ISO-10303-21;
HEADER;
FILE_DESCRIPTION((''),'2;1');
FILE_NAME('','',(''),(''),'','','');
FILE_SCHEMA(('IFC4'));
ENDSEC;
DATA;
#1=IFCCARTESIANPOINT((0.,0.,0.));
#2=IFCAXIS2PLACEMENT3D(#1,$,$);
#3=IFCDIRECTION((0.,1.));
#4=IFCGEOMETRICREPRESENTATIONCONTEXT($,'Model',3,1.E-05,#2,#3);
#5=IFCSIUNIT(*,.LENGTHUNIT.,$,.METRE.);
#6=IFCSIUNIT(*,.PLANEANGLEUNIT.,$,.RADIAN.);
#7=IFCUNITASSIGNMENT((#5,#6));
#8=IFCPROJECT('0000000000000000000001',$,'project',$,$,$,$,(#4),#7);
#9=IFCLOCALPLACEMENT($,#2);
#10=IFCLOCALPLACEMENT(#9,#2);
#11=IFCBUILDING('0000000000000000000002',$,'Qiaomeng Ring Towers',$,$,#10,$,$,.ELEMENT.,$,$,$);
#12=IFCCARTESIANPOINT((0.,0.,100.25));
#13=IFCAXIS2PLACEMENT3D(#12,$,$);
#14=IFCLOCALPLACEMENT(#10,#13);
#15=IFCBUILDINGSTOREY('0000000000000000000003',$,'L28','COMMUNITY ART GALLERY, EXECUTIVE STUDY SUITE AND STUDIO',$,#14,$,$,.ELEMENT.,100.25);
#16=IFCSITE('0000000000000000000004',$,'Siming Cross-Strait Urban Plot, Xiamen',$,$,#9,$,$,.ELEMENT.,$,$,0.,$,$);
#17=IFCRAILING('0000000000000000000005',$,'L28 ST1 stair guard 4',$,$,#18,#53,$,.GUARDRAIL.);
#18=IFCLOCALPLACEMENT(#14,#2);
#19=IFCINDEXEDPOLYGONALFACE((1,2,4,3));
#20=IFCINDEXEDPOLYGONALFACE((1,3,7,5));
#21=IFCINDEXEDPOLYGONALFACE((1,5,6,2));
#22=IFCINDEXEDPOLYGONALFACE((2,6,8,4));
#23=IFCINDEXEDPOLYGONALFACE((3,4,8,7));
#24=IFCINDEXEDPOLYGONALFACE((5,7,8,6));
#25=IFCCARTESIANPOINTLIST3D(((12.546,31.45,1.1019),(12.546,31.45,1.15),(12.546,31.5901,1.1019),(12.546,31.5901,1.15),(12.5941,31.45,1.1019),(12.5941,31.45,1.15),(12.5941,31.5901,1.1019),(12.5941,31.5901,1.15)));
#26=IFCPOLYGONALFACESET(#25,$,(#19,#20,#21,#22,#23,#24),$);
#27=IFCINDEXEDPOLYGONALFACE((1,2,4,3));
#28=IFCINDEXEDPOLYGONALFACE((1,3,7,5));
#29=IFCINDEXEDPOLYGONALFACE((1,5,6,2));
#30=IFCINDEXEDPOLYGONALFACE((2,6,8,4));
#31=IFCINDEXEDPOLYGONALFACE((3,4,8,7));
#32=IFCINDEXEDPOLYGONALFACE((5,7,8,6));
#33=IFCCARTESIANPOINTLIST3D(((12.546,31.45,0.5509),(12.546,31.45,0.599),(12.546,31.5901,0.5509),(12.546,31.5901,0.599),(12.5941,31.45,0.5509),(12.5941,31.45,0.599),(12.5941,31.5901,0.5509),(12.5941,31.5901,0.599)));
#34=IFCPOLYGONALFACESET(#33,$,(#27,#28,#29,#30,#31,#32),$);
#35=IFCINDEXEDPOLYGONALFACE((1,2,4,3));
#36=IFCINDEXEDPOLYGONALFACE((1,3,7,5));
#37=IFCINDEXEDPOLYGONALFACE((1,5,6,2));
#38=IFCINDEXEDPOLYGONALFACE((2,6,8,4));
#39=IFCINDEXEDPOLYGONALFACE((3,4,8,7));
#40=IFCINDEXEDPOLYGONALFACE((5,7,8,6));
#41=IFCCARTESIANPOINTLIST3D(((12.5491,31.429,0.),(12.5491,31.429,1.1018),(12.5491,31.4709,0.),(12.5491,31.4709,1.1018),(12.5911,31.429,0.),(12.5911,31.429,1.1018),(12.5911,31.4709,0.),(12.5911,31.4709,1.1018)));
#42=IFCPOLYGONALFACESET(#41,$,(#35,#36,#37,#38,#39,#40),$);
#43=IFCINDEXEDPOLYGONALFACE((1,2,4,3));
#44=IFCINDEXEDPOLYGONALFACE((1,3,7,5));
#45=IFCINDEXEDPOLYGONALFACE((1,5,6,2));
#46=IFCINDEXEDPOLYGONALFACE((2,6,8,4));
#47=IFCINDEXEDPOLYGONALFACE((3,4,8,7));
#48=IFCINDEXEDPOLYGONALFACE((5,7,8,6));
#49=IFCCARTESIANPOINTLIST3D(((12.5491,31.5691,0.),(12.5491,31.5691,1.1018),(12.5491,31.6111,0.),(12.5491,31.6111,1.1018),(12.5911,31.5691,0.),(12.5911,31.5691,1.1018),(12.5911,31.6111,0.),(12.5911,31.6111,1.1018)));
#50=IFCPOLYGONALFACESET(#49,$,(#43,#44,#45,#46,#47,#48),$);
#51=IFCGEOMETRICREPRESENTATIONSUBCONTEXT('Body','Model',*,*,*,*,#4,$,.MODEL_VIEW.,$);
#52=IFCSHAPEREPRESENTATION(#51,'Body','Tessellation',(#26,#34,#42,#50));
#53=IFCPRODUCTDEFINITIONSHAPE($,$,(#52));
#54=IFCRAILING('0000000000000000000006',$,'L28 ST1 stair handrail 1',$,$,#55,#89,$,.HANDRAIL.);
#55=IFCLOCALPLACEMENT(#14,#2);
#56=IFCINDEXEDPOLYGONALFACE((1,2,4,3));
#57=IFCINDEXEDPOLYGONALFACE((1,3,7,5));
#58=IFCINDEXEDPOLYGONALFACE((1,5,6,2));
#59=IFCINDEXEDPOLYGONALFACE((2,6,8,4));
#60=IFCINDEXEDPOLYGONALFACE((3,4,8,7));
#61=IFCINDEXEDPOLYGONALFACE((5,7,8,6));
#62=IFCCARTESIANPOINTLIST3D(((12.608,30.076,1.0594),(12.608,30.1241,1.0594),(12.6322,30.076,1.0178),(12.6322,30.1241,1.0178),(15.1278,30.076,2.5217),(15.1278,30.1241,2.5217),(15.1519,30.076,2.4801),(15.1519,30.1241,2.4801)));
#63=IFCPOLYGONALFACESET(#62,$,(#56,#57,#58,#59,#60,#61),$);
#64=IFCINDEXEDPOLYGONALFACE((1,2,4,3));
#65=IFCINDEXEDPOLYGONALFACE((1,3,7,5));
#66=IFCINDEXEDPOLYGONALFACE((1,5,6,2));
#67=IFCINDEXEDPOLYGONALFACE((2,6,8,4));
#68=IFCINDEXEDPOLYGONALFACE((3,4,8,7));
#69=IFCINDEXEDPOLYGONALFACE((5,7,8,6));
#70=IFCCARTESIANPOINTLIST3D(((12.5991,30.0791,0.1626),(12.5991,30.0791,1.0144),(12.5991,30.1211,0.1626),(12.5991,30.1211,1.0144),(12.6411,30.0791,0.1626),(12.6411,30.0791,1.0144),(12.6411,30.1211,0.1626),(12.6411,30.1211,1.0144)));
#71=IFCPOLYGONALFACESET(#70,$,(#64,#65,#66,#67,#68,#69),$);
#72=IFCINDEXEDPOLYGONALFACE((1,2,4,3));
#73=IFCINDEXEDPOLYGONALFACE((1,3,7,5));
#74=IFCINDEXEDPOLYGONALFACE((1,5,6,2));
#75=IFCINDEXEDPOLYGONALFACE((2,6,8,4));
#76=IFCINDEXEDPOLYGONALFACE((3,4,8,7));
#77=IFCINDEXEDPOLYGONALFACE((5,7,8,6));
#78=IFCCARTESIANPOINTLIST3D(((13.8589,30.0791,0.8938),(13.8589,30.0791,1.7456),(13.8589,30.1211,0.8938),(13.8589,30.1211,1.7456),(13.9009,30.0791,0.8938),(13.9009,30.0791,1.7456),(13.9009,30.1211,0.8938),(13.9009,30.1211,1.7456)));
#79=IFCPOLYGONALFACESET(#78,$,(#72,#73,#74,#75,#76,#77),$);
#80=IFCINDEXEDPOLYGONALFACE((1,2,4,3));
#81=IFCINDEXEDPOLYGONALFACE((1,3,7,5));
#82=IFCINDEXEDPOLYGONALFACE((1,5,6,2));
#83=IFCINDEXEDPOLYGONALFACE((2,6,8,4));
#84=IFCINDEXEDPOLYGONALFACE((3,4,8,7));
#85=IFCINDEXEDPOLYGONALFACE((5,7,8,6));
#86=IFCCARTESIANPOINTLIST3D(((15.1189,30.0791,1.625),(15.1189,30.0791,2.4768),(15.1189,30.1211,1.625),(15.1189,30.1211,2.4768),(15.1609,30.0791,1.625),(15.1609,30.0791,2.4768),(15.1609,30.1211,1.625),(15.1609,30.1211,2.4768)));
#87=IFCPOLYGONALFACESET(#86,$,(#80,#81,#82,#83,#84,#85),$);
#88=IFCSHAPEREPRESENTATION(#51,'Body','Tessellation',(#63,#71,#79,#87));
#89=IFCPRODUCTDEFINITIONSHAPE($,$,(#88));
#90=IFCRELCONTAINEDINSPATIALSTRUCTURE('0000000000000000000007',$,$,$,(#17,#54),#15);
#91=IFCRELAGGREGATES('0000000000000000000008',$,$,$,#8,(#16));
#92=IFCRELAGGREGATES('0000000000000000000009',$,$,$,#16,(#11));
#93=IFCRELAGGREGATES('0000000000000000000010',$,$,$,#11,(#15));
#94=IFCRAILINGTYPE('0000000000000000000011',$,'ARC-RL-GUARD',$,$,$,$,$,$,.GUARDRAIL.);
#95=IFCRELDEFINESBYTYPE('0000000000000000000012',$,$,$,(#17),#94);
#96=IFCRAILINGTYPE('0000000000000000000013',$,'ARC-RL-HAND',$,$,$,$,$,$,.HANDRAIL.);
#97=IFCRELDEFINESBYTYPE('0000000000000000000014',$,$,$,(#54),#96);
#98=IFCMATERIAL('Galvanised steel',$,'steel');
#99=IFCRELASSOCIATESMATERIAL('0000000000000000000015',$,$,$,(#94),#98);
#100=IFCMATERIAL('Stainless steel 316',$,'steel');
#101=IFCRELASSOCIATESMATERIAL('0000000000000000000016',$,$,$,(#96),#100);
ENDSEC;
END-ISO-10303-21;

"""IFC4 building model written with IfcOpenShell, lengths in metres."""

from ifc_helpers import new_model, si_unit, direction, frame, origin, origin_2d, place, context, subcontext, project, spatial, rectangle, extrude, material, type_object, element, save


model = new_model("IFC4")

# Units and contexts
model_context = context("Model", 3, precision=1e-05, world=origin(), true_north=direction((0.0, 1.0)))
body_context = subcontext(model_context, "Body", "Model", "MODEL_VIEW")
ifc_project = project(units=[si_unit("LENGTHUNIT", "METRE"), si_unit("PLANEANGLEUNIT", "RADIAN")], contexts=[model_context])

# Site, building, storey
site_placement = place(None, origin())
site = spatial("IfcSite", under=ifc_project, at=site_placement, Name="Siming Cross-Strait Urban Plot, Xiamen", CompositionType="ELEMENT", RefElevation=0.0)
building_placement = place(site_placement, origin())
building = spatial("IfcBuilding", under=site, at=building_placement, Name="Qiaomeng Ring Towers", CompositionType="ELEMENT")
storey_placement = place(building_placement, frame((0.0, 0.0, 100.25)))
storey = spatial("IfcBuildingStorey", under=building, at=storey_placement, Name="L28", Description="COMMUNITY ART GALLERY, EXECUTIVE STUDY SUITE AND STUDIO", CompositionType="ELEMENT", Elevation=100.25)

# Railings
ifc_material_1 = material(Name="Galvanised steel", Category="steel")
railing_type_1 = type_object("IfcRailingType", Name="ARC-RL-GUARD", PredefinedType="GUARDRAIL", material=ifc_material_1)
railing_1_placement = place(storey_placement, frame((12.5701, 31.45, 0.0)))
element("IfcRailing", 1, at=railing_1_placement, inside=storey, type_object=railing_type_1, Name="L28 ST1 stair guard 4", PredefinedType="GUARDRAIL", context=body_context, shape_type="SweptSolid", body=[
    extrude(rectangle(XDim=0.0481, YDim=0.0481, at=origin_2d()), frame((0.0, 0.0, 1.126), z_axis=(0.0, 1.0, 0.0), x_axis=(-1.0, 0.0, 0.0)), (0.0, 0.0, 1.0), 0.1401),
    extrude(rectangle(XDim=0.0481, YDim=0.0481, at=origin_2d()), frame((0.0, 0.0, 0.575), z_axis=(0.0, 1.0, 0.0), x_axis=(-1.0, 0.0, 0.0)), (0.0, 0.0, 1.0), 0.1401),
    extrude(rectangle(XDim=0.042, YDim=0.042, at=origin_2d()), origin(), (0.0, 0.0, 1.0), 1.1018),
    extrude(rectangle(XDim=0.042, YDim=0.042, at=origin_2d()), frame((0.0, 0.1401, 0.0)), (0.0, 0.0, 1.0), 1.1018),
])
ifc_material_2 = material(Name="Stainless steel 316", Category="steel")
railing_type_2 = type_object("IfcRailingType", Name="ARC-RL-HAND", PredefinedType="HANDRAIL", material=ifc_material_2)
railing_2_placement = place(storey_placement, frame((12.6201, 30.1001, 0.1626)))
element("IfcRailing", 2, at=railing_2_placement, inside=storey, type_object=railing_type_2, Name="L28 ST1 stair handrail 1", PredefinedType="HANDRAIL", context=body_context, shape_type="SweptSolid", body=[
    extrude(rectangle(XDim=0.0481, YDim=0.0481, at=origin_2d()), frame((0.0, 0.0, 0.876), z_axis=(0.864892, 0.0, 0.501958), x_axis=(0.0, 1.0, 0.0)), (0.0, 0.0, 1.0), 2.9133),
    extrude(rectangle(XDim=0.042, YDim=0.042, at=origin_2d()), origin(), (0.0, 0.0, 1.0), 0.8518),
    extrude(rectangle(XDim=0.042, YDim=0.042, at=origin_2d()), frame((1.2598, 0.0, 0.7312)), (0.0, 0.0, 1.0), 0.8518),
    extrude(rectangle(XDim=0.042, YDim=0.042, at=origin_2d()), frame((2.5198, 0.0, 1.4624)), (0.0, 0.0, 1.0), 0.8518),
])

save(model, "model.ifc")
